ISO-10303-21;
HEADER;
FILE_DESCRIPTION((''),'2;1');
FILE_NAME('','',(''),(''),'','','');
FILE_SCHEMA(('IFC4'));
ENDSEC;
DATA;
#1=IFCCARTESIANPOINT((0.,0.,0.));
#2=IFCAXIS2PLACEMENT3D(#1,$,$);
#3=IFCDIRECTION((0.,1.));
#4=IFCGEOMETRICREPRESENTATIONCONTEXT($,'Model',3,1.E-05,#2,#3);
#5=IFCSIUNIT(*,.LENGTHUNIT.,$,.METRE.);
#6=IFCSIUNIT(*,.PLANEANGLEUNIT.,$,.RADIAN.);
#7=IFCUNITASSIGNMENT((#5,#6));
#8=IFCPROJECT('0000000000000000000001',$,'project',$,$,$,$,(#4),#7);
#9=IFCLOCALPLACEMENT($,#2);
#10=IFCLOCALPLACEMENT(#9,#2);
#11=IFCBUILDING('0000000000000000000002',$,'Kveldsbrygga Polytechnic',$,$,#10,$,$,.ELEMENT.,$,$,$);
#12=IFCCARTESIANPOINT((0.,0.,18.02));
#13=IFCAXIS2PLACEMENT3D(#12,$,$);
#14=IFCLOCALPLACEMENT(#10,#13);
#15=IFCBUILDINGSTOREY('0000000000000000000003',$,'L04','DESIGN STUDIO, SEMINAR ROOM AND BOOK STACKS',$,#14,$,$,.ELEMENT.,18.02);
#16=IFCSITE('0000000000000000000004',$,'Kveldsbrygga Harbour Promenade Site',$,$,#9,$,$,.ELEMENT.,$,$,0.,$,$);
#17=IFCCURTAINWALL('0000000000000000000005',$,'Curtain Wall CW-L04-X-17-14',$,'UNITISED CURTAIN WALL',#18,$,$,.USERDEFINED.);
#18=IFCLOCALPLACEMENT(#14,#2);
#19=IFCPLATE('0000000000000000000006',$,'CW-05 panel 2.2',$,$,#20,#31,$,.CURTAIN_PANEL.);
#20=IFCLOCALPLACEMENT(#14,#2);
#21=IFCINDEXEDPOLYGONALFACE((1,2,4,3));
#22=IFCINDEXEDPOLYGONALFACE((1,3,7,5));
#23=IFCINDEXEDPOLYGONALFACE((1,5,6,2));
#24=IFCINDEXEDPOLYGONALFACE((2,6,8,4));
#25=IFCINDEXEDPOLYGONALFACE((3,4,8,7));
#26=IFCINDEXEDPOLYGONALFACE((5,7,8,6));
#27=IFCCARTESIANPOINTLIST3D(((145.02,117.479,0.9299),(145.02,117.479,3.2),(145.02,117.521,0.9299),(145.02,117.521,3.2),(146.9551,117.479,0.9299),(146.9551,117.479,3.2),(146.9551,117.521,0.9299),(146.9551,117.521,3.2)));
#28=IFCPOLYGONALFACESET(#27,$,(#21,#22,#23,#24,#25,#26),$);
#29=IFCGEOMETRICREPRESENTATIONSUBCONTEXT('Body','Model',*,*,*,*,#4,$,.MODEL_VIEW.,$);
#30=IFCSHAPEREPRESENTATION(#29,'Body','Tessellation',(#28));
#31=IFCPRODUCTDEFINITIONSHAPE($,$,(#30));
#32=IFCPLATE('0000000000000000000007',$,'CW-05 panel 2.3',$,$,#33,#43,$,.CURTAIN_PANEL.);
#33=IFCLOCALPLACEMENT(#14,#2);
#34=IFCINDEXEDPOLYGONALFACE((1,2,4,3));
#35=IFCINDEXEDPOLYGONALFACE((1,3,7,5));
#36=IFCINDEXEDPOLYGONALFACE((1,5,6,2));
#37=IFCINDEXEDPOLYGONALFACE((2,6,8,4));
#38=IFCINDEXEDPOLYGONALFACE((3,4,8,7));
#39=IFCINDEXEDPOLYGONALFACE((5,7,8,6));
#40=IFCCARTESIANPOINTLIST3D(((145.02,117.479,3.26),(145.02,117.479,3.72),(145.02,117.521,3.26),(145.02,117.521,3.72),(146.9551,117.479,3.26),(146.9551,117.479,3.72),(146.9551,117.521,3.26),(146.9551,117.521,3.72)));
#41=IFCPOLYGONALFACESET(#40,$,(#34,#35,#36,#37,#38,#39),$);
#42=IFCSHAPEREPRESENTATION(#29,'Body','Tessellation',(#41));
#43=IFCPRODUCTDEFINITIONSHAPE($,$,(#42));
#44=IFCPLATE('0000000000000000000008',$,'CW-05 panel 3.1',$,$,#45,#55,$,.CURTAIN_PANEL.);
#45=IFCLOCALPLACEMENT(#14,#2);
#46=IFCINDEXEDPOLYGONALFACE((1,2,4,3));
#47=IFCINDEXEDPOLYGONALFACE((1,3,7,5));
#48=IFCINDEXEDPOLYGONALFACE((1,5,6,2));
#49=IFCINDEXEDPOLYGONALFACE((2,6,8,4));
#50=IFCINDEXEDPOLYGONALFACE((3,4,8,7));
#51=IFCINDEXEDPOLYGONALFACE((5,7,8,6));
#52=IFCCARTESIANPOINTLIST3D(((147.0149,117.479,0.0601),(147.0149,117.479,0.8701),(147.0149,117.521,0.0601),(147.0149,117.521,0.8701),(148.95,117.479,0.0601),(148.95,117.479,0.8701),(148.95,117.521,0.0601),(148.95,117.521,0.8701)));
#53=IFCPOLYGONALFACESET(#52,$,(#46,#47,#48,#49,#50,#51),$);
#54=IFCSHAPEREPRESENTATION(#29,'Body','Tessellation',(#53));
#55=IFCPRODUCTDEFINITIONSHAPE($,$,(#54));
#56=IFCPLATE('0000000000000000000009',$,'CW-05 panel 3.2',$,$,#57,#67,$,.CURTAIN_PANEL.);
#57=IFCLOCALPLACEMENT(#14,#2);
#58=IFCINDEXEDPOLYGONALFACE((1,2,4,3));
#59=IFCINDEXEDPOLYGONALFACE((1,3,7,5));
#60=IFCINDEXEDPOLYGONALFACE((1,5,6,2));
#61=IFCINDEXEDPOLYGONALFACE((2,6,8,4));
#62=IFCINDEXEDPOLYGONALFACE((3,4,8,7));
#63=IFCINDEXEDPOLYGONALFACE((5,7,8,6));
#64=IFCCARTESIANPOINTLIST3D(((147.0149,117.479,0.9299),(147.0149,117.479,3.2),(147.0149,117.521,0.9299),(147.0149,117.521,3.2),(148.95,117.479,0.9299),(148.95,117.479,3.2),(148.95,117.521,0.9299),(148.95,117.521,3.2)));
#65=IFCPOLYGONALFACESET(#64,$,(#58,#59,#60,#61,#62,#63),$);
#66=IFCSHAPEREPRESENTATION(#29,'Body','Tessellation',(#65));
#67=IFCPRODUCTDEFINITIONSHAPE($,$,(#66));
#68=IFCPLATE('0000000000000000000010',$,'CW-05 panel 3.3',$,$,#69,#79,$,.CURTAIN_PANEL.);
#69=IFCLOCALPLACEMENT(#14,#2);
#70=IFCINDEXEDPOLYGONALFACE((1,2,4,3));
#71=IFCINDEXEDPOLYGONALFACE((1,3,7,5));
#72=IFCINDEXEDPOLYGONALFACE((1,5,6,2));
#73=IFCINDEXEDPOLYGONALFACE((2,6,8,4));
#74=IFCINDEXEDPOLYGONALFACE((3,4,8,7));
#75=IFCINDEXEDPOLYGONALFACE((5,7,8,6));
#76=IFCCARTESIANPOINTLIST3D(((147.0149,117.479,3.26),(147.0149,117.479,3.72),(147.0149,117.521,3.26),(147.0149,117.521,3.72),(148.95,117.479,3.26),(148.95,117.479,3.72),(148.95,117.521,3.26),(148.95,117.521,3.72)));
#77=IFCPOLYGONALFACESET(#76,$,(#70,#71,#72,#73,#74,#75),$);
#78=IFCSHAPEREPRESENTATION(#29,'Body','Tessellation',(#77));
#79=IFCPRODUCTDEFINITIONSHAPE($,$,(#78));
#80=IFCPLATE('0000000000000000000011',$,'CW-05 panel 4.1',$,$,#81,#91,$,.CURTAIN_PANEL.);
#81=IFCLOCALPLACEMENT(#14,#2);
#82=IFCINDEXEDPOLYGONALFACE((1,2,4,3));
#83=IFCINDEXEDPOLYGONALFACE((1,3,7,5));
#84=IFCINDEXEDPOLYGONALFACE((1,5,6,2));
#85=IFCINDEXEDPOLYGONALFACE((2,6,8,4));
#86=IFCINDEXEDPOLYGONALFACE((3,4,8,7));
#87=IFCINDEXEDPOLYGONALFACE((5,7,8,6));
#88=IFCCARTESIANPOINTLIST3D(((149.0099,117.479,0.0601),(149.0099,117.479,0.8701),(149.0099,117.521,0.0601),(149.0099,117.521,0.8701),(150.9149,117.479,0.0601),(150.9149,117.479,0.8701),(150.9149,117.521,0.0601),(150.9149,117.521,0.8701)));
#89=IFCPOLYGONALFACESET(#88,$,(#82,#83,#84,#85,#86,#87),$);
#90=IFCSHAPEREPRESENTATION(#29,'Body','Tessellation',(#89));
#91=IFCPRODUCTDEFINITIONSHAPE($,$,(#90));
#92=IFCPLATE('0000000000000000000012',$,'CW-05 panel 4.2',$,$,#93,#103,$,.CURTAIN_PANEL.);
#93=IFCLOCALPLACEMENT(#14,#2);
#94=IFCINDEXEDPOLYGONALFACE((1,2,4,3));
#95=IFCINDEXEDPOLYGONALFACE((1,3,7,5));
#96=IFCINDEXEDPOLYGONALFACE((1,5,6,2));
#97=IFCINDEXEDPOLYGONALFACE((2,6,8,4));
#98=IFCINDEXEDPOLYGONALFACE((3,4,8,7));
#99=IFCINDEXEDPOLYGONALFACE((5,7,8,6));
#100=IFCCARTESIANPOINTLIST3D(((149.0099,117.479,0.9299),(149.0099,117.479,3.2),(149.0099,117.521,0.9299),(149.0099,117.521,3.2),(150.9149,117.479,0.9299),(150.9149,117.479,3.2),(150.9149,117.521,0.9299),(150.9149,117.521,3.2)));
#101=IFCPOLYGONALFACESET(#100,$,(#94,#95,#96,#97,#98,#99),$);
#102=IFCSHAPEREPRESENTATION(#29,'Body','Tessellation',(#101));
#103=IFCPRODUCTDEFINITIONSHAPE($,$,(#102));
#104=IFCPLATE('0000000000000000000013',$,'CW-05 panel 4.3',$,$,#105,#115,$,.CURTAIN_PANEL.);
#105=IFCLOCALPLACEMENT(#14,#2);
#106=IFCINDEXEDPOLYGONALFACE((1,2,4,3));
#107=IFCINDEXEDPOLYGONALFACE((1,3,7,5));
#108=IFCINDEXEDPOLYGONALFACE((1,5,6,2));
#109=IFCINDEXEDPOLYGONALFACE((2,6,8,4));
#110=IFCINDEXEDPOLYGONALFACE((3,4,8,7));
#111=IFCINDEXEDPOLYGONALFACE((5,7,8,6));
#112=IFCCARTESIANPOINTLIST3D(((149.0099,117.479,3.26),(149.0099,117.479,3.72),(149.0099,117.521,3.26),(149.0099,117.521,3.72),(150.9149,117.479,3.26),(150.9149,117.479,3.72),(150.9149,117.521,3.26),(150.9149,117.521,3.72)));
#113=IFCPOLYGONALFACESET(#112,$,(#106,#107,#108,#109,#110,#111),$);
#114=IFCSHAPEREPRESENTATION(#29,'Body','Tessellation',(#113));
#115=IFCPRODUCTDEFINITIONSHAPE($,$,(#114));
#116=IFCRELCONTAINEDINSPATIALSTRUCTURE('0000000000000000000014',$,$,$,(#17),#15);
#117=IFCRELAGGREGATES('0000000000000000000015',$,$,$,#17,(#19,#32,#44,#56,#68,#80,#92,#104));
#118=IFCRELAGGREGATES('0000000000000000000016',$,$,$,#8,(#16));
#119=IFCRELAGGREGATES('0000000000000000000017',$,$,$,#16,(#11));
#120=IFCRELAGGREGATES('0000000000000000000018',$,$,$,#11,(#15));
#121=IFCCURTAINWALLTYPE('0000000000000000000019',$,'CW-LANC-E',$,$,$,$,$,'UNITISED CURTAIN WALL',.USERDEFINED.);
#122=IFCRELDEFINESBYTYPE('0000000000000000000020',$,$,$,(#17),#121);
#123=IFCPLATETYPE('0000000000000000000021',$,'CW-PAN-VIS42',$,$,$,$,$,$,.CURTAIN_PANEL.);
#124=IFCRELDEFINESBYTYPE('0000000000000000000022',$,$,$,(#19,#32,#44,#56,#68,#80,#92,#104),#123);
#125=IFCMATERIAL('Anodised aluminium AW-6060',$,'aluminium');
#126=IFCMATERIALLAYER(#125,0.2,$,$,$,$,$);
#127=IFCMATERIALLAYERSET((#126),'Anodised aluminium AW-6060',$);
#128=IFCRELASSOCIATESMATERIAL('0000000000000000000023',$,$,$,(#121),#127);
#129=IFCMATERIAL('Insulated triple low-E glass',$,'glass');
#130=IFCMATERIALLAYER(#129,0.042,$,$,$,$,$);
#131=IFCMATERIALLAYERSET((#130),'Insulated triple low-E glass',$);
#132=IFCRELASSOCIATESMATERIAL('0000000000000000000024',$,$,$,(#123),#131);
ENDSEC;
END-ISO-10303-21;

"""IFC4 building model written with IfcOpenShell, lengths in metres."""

from ifc_helpers import new_model, si_unit, direction, frame, origin, origin_2d, place, context, subcontext, project, spatial, rectangle, extrude, material, layer, layer_set, type_object, element, aggregate, save


model = new_model("IFC4")

# Units and contexts
model_context = context("Model", 3, precision=1e-05, world=origin(), true_north=direction((0.0, 1.0)))
body_context = subcontext(model_context, "Body", "Model", "MODEL_VIEW")
ifc_project = project(units=[si_unit("LENGTHUNIT", "METRE"), si_unit("PLANEANGLEUNIT", "RADIAN")], contexts=[model_context])

# Site, building, storey
site_placement = place(None, origin())
site = spatial("IfcSite", under=ifc_project, at=site_placement, Name="Kveldsbrygga Harbour Promenade Site", CompositionType="ELEMENT", RefElevation=0.0)
building_placement = place(site_placement, origin())
building = spatial("IfcBuilding", under=site, at=building_placement, Name="Kveldsbrygga Polytechnic", CompositionType="ELEMENT")
storey_placement = place(building_placement, frame((0.0, 0.0, 18.02)))
storey = spatial("IfcBuildingStorey", under=building, at=storey_placement, Name="L04", Description="DESIGN STUDIO, SEMINAR ROOM AND BOOK STACKS", CompositionType="ELEMENT", Elevation=18.02)

# Curtain wall, plates
ifc_material_1 = material(Name="Anodised aluminium AW-6060", Category="aluminium")
ifc_layer_1 = layer(ifc_material_1, 0.2)
ifc_layer_set_1 = layer_set([ifc_layer_1], Name="Anodised aluminium AW-6060")
curtain_wall_type = type_object("IfcCurtainWallType", Name="CW-LANC-E", ElementType="UNITISED CURTAIN WALL", PredefinedType="USERDEFINED", material=ifc_layer_set_1)
curtain_wall_placement = place(storey_placement, origin())
curtain_wall = element("IfcCurtainWall", 1, at=curtain_wall_placement, inside=storey, type_object=curtain_wall_type, Name="Curtain Wall CW-L04-X-17-14", ObjectType="UNITISED CURTAIN WALL", PredefinedType="USERDEFINED")
ifc_material_2 = material(Name="Insulated triple low-E glass", Category="glass")
ifc_layer_2 = layer(ifc_material_2, 0.042)
ifc_layer_set_2 = layer_set([ifc_layer_2], Name="Insulated triple low-E glass")
plate_type = type_object("IfcPlateType", Name="CW-PAN-VIS42", PredefinedType="CURTAIN_PANEL", material=ifc_layer_set_2)
plate_1_placement = place(storey_placement, frame((145.9875, 117.5, 0.9299), z_axis=(0.0, 0.0, 1.0), x_axis=(1.0, 0.0, 0.0)))
plate_1 = element("IfcPlate", 2, at=plate_1_placement, type_object=plate_type, Name="CW-05 panel 2.2", PredefinedType="CURTAIN_PANEL", context=body_context, shape_type="SweptSolid", body=[
    extrude(rectangle(XDim=1.9351, YDim=0.042, at=origin_2d()), origin(), (0.0, 0.0, 1.0), 2.27),
])
plate_2_placement = place(storey_placement, frame((145.9875, 117.5, 3.26), z_axis=(0.0, 0.0, 1.0), x_axis=(1.0, 0.0, 0.0)))
plate_2 = element("IfcPlate", 3, at=plate_2_placement, type_object=plate_type, Name="CW-05 panel 2.3", PredefinedType="CURTAIN_PANEL", context=body_context, shape_type="SweptSolid", body=[
    extrude(rectangle(XDim=1.9351, YDim=0.042, at=origin_2d()), origin(), (0.0, 0.0, 1.0), 0.46),
])
plate_3_placement = place(storey_placement, frame((147.9824, 117.5, 0.0601), z_axis=(0.0, 0.0, 1.0), x_axis=(1.0, 0.0, 0.0)))
plate_3 = element("IfcPlate", 4, at=plate_3_placement, type_object=plate_type, Name="CW-05 panel 3.1", PredefinedType="CURTAIN_PANEL", context=body_context, shape_type="SweptSolid", body=[
    extrude(rectangle(XDim=1.9351, YDim=0.042, at=origin_2d()), origin(), (0.0, 0.0, 1.0), 0.8101),
])
plate_4_placement = place(storey_placement, frame((147.9824, 117.5, 0.9299), z_axis=(0.0, 0.0, 1.0), x_axis=(1.0, 0.0, 0.0)))
plate_4 = element("IfcPlate", 5, at=plate_4_placement, type_object=plate_type, Name="CW-05 panel 3.2", PredefinedType="CURTAIN_PANEL", context=body_context, shape_type="SweptSolid", body=[
    extrude(rectangle(XDim=1.9351, YDim=0.042, at=origin_2d()), origin(), (0.0, 0.0, 1.0), 2.27),
])
plate_5_placement = place(storey_placement, frame((147.9824, 117.5, 3.26), z_axis=(0.0, 0.0, 1.0), x_axis=(1.0, 0.0, 0.0)))
plate_5 = element("IfcPlate", 6, at=plate_5_placement, type_object=plate_type, Name="CW-05 panel 3.3", PredefinedType="CURTAIN_PANEL", context=body_context, shape_type="SweptSolid", body=[
    extrude(rectangle(XDim=1.9351, YDim=0.042, at=origin_2d()), origin(), (0.0, 0.0, 1.0), 0.46),
])
plate_6_placement = place(storey_placement, frame((149.9624, 117.5, 0.0601), z_axis=(0.0, 0.0, 1.0), x_axis=(1.0, 0.0, 0.0)))
plate_6 = element("IfcPlate", 7, at=plate_6_placement, type_object=plate_type, Name="CW-05 panel 4.1", PredefinedType="CURTAIN_PANEL", context=body_context, shape_type="SweptSolid", body=[
    extrude(rectangle(XDim=1.905, YDim=0.042, at=origin_2d()), origin(), (0.0, 0.0, 1.0), 0.8101),
])
plate_7_placement = place(storey_placement, frame((149.9624, 117.5, 0.9299), z_axis=(0.0, 0.0, 1.0), x_axis=(1.0, 0.0, 0.0)))
plate_7 = element("IfcPlate", 8, at=plate_7_placement, type_object=plate_type, Name="CW-05 panel 4.2", PredefinedType="CURTAIN_PANEL", context=body_context, shape_type="SweptSolid", body=[
    extrude(rectangle(XDim=1.905, YDim=0.042, at=origin_2d()), origin(), (0.0, 0.0, 1.0), 2.27),
])
plate_8_placement = place(storey_placement, frame((149.9624, 117.5, 3.26), z_axis=(0.0, 0.0, 1.0), x_axis=(1.0, 0.0, 0.0)))
plate_8 = element("IfcPlate", 9, at=plate_8_placement, type_object=plate_type, Name="CW-05 panel 4.3", PredefinedType="CURTAIN_PANEL", context=body_context, shape_type="SweptSolid", body=[
    extrude(rectangle(XDim=1.905, YDim=0.042, at=origin_2d()), origin(), (0.0, 0.0, 1.0), 0.46),
])
aggregate(curtain_wall, [plate_1, plate_2, plate_3, plate_4, plate_5, plate_6, plate_7, plate_8])

save(model, "model.ifc")
